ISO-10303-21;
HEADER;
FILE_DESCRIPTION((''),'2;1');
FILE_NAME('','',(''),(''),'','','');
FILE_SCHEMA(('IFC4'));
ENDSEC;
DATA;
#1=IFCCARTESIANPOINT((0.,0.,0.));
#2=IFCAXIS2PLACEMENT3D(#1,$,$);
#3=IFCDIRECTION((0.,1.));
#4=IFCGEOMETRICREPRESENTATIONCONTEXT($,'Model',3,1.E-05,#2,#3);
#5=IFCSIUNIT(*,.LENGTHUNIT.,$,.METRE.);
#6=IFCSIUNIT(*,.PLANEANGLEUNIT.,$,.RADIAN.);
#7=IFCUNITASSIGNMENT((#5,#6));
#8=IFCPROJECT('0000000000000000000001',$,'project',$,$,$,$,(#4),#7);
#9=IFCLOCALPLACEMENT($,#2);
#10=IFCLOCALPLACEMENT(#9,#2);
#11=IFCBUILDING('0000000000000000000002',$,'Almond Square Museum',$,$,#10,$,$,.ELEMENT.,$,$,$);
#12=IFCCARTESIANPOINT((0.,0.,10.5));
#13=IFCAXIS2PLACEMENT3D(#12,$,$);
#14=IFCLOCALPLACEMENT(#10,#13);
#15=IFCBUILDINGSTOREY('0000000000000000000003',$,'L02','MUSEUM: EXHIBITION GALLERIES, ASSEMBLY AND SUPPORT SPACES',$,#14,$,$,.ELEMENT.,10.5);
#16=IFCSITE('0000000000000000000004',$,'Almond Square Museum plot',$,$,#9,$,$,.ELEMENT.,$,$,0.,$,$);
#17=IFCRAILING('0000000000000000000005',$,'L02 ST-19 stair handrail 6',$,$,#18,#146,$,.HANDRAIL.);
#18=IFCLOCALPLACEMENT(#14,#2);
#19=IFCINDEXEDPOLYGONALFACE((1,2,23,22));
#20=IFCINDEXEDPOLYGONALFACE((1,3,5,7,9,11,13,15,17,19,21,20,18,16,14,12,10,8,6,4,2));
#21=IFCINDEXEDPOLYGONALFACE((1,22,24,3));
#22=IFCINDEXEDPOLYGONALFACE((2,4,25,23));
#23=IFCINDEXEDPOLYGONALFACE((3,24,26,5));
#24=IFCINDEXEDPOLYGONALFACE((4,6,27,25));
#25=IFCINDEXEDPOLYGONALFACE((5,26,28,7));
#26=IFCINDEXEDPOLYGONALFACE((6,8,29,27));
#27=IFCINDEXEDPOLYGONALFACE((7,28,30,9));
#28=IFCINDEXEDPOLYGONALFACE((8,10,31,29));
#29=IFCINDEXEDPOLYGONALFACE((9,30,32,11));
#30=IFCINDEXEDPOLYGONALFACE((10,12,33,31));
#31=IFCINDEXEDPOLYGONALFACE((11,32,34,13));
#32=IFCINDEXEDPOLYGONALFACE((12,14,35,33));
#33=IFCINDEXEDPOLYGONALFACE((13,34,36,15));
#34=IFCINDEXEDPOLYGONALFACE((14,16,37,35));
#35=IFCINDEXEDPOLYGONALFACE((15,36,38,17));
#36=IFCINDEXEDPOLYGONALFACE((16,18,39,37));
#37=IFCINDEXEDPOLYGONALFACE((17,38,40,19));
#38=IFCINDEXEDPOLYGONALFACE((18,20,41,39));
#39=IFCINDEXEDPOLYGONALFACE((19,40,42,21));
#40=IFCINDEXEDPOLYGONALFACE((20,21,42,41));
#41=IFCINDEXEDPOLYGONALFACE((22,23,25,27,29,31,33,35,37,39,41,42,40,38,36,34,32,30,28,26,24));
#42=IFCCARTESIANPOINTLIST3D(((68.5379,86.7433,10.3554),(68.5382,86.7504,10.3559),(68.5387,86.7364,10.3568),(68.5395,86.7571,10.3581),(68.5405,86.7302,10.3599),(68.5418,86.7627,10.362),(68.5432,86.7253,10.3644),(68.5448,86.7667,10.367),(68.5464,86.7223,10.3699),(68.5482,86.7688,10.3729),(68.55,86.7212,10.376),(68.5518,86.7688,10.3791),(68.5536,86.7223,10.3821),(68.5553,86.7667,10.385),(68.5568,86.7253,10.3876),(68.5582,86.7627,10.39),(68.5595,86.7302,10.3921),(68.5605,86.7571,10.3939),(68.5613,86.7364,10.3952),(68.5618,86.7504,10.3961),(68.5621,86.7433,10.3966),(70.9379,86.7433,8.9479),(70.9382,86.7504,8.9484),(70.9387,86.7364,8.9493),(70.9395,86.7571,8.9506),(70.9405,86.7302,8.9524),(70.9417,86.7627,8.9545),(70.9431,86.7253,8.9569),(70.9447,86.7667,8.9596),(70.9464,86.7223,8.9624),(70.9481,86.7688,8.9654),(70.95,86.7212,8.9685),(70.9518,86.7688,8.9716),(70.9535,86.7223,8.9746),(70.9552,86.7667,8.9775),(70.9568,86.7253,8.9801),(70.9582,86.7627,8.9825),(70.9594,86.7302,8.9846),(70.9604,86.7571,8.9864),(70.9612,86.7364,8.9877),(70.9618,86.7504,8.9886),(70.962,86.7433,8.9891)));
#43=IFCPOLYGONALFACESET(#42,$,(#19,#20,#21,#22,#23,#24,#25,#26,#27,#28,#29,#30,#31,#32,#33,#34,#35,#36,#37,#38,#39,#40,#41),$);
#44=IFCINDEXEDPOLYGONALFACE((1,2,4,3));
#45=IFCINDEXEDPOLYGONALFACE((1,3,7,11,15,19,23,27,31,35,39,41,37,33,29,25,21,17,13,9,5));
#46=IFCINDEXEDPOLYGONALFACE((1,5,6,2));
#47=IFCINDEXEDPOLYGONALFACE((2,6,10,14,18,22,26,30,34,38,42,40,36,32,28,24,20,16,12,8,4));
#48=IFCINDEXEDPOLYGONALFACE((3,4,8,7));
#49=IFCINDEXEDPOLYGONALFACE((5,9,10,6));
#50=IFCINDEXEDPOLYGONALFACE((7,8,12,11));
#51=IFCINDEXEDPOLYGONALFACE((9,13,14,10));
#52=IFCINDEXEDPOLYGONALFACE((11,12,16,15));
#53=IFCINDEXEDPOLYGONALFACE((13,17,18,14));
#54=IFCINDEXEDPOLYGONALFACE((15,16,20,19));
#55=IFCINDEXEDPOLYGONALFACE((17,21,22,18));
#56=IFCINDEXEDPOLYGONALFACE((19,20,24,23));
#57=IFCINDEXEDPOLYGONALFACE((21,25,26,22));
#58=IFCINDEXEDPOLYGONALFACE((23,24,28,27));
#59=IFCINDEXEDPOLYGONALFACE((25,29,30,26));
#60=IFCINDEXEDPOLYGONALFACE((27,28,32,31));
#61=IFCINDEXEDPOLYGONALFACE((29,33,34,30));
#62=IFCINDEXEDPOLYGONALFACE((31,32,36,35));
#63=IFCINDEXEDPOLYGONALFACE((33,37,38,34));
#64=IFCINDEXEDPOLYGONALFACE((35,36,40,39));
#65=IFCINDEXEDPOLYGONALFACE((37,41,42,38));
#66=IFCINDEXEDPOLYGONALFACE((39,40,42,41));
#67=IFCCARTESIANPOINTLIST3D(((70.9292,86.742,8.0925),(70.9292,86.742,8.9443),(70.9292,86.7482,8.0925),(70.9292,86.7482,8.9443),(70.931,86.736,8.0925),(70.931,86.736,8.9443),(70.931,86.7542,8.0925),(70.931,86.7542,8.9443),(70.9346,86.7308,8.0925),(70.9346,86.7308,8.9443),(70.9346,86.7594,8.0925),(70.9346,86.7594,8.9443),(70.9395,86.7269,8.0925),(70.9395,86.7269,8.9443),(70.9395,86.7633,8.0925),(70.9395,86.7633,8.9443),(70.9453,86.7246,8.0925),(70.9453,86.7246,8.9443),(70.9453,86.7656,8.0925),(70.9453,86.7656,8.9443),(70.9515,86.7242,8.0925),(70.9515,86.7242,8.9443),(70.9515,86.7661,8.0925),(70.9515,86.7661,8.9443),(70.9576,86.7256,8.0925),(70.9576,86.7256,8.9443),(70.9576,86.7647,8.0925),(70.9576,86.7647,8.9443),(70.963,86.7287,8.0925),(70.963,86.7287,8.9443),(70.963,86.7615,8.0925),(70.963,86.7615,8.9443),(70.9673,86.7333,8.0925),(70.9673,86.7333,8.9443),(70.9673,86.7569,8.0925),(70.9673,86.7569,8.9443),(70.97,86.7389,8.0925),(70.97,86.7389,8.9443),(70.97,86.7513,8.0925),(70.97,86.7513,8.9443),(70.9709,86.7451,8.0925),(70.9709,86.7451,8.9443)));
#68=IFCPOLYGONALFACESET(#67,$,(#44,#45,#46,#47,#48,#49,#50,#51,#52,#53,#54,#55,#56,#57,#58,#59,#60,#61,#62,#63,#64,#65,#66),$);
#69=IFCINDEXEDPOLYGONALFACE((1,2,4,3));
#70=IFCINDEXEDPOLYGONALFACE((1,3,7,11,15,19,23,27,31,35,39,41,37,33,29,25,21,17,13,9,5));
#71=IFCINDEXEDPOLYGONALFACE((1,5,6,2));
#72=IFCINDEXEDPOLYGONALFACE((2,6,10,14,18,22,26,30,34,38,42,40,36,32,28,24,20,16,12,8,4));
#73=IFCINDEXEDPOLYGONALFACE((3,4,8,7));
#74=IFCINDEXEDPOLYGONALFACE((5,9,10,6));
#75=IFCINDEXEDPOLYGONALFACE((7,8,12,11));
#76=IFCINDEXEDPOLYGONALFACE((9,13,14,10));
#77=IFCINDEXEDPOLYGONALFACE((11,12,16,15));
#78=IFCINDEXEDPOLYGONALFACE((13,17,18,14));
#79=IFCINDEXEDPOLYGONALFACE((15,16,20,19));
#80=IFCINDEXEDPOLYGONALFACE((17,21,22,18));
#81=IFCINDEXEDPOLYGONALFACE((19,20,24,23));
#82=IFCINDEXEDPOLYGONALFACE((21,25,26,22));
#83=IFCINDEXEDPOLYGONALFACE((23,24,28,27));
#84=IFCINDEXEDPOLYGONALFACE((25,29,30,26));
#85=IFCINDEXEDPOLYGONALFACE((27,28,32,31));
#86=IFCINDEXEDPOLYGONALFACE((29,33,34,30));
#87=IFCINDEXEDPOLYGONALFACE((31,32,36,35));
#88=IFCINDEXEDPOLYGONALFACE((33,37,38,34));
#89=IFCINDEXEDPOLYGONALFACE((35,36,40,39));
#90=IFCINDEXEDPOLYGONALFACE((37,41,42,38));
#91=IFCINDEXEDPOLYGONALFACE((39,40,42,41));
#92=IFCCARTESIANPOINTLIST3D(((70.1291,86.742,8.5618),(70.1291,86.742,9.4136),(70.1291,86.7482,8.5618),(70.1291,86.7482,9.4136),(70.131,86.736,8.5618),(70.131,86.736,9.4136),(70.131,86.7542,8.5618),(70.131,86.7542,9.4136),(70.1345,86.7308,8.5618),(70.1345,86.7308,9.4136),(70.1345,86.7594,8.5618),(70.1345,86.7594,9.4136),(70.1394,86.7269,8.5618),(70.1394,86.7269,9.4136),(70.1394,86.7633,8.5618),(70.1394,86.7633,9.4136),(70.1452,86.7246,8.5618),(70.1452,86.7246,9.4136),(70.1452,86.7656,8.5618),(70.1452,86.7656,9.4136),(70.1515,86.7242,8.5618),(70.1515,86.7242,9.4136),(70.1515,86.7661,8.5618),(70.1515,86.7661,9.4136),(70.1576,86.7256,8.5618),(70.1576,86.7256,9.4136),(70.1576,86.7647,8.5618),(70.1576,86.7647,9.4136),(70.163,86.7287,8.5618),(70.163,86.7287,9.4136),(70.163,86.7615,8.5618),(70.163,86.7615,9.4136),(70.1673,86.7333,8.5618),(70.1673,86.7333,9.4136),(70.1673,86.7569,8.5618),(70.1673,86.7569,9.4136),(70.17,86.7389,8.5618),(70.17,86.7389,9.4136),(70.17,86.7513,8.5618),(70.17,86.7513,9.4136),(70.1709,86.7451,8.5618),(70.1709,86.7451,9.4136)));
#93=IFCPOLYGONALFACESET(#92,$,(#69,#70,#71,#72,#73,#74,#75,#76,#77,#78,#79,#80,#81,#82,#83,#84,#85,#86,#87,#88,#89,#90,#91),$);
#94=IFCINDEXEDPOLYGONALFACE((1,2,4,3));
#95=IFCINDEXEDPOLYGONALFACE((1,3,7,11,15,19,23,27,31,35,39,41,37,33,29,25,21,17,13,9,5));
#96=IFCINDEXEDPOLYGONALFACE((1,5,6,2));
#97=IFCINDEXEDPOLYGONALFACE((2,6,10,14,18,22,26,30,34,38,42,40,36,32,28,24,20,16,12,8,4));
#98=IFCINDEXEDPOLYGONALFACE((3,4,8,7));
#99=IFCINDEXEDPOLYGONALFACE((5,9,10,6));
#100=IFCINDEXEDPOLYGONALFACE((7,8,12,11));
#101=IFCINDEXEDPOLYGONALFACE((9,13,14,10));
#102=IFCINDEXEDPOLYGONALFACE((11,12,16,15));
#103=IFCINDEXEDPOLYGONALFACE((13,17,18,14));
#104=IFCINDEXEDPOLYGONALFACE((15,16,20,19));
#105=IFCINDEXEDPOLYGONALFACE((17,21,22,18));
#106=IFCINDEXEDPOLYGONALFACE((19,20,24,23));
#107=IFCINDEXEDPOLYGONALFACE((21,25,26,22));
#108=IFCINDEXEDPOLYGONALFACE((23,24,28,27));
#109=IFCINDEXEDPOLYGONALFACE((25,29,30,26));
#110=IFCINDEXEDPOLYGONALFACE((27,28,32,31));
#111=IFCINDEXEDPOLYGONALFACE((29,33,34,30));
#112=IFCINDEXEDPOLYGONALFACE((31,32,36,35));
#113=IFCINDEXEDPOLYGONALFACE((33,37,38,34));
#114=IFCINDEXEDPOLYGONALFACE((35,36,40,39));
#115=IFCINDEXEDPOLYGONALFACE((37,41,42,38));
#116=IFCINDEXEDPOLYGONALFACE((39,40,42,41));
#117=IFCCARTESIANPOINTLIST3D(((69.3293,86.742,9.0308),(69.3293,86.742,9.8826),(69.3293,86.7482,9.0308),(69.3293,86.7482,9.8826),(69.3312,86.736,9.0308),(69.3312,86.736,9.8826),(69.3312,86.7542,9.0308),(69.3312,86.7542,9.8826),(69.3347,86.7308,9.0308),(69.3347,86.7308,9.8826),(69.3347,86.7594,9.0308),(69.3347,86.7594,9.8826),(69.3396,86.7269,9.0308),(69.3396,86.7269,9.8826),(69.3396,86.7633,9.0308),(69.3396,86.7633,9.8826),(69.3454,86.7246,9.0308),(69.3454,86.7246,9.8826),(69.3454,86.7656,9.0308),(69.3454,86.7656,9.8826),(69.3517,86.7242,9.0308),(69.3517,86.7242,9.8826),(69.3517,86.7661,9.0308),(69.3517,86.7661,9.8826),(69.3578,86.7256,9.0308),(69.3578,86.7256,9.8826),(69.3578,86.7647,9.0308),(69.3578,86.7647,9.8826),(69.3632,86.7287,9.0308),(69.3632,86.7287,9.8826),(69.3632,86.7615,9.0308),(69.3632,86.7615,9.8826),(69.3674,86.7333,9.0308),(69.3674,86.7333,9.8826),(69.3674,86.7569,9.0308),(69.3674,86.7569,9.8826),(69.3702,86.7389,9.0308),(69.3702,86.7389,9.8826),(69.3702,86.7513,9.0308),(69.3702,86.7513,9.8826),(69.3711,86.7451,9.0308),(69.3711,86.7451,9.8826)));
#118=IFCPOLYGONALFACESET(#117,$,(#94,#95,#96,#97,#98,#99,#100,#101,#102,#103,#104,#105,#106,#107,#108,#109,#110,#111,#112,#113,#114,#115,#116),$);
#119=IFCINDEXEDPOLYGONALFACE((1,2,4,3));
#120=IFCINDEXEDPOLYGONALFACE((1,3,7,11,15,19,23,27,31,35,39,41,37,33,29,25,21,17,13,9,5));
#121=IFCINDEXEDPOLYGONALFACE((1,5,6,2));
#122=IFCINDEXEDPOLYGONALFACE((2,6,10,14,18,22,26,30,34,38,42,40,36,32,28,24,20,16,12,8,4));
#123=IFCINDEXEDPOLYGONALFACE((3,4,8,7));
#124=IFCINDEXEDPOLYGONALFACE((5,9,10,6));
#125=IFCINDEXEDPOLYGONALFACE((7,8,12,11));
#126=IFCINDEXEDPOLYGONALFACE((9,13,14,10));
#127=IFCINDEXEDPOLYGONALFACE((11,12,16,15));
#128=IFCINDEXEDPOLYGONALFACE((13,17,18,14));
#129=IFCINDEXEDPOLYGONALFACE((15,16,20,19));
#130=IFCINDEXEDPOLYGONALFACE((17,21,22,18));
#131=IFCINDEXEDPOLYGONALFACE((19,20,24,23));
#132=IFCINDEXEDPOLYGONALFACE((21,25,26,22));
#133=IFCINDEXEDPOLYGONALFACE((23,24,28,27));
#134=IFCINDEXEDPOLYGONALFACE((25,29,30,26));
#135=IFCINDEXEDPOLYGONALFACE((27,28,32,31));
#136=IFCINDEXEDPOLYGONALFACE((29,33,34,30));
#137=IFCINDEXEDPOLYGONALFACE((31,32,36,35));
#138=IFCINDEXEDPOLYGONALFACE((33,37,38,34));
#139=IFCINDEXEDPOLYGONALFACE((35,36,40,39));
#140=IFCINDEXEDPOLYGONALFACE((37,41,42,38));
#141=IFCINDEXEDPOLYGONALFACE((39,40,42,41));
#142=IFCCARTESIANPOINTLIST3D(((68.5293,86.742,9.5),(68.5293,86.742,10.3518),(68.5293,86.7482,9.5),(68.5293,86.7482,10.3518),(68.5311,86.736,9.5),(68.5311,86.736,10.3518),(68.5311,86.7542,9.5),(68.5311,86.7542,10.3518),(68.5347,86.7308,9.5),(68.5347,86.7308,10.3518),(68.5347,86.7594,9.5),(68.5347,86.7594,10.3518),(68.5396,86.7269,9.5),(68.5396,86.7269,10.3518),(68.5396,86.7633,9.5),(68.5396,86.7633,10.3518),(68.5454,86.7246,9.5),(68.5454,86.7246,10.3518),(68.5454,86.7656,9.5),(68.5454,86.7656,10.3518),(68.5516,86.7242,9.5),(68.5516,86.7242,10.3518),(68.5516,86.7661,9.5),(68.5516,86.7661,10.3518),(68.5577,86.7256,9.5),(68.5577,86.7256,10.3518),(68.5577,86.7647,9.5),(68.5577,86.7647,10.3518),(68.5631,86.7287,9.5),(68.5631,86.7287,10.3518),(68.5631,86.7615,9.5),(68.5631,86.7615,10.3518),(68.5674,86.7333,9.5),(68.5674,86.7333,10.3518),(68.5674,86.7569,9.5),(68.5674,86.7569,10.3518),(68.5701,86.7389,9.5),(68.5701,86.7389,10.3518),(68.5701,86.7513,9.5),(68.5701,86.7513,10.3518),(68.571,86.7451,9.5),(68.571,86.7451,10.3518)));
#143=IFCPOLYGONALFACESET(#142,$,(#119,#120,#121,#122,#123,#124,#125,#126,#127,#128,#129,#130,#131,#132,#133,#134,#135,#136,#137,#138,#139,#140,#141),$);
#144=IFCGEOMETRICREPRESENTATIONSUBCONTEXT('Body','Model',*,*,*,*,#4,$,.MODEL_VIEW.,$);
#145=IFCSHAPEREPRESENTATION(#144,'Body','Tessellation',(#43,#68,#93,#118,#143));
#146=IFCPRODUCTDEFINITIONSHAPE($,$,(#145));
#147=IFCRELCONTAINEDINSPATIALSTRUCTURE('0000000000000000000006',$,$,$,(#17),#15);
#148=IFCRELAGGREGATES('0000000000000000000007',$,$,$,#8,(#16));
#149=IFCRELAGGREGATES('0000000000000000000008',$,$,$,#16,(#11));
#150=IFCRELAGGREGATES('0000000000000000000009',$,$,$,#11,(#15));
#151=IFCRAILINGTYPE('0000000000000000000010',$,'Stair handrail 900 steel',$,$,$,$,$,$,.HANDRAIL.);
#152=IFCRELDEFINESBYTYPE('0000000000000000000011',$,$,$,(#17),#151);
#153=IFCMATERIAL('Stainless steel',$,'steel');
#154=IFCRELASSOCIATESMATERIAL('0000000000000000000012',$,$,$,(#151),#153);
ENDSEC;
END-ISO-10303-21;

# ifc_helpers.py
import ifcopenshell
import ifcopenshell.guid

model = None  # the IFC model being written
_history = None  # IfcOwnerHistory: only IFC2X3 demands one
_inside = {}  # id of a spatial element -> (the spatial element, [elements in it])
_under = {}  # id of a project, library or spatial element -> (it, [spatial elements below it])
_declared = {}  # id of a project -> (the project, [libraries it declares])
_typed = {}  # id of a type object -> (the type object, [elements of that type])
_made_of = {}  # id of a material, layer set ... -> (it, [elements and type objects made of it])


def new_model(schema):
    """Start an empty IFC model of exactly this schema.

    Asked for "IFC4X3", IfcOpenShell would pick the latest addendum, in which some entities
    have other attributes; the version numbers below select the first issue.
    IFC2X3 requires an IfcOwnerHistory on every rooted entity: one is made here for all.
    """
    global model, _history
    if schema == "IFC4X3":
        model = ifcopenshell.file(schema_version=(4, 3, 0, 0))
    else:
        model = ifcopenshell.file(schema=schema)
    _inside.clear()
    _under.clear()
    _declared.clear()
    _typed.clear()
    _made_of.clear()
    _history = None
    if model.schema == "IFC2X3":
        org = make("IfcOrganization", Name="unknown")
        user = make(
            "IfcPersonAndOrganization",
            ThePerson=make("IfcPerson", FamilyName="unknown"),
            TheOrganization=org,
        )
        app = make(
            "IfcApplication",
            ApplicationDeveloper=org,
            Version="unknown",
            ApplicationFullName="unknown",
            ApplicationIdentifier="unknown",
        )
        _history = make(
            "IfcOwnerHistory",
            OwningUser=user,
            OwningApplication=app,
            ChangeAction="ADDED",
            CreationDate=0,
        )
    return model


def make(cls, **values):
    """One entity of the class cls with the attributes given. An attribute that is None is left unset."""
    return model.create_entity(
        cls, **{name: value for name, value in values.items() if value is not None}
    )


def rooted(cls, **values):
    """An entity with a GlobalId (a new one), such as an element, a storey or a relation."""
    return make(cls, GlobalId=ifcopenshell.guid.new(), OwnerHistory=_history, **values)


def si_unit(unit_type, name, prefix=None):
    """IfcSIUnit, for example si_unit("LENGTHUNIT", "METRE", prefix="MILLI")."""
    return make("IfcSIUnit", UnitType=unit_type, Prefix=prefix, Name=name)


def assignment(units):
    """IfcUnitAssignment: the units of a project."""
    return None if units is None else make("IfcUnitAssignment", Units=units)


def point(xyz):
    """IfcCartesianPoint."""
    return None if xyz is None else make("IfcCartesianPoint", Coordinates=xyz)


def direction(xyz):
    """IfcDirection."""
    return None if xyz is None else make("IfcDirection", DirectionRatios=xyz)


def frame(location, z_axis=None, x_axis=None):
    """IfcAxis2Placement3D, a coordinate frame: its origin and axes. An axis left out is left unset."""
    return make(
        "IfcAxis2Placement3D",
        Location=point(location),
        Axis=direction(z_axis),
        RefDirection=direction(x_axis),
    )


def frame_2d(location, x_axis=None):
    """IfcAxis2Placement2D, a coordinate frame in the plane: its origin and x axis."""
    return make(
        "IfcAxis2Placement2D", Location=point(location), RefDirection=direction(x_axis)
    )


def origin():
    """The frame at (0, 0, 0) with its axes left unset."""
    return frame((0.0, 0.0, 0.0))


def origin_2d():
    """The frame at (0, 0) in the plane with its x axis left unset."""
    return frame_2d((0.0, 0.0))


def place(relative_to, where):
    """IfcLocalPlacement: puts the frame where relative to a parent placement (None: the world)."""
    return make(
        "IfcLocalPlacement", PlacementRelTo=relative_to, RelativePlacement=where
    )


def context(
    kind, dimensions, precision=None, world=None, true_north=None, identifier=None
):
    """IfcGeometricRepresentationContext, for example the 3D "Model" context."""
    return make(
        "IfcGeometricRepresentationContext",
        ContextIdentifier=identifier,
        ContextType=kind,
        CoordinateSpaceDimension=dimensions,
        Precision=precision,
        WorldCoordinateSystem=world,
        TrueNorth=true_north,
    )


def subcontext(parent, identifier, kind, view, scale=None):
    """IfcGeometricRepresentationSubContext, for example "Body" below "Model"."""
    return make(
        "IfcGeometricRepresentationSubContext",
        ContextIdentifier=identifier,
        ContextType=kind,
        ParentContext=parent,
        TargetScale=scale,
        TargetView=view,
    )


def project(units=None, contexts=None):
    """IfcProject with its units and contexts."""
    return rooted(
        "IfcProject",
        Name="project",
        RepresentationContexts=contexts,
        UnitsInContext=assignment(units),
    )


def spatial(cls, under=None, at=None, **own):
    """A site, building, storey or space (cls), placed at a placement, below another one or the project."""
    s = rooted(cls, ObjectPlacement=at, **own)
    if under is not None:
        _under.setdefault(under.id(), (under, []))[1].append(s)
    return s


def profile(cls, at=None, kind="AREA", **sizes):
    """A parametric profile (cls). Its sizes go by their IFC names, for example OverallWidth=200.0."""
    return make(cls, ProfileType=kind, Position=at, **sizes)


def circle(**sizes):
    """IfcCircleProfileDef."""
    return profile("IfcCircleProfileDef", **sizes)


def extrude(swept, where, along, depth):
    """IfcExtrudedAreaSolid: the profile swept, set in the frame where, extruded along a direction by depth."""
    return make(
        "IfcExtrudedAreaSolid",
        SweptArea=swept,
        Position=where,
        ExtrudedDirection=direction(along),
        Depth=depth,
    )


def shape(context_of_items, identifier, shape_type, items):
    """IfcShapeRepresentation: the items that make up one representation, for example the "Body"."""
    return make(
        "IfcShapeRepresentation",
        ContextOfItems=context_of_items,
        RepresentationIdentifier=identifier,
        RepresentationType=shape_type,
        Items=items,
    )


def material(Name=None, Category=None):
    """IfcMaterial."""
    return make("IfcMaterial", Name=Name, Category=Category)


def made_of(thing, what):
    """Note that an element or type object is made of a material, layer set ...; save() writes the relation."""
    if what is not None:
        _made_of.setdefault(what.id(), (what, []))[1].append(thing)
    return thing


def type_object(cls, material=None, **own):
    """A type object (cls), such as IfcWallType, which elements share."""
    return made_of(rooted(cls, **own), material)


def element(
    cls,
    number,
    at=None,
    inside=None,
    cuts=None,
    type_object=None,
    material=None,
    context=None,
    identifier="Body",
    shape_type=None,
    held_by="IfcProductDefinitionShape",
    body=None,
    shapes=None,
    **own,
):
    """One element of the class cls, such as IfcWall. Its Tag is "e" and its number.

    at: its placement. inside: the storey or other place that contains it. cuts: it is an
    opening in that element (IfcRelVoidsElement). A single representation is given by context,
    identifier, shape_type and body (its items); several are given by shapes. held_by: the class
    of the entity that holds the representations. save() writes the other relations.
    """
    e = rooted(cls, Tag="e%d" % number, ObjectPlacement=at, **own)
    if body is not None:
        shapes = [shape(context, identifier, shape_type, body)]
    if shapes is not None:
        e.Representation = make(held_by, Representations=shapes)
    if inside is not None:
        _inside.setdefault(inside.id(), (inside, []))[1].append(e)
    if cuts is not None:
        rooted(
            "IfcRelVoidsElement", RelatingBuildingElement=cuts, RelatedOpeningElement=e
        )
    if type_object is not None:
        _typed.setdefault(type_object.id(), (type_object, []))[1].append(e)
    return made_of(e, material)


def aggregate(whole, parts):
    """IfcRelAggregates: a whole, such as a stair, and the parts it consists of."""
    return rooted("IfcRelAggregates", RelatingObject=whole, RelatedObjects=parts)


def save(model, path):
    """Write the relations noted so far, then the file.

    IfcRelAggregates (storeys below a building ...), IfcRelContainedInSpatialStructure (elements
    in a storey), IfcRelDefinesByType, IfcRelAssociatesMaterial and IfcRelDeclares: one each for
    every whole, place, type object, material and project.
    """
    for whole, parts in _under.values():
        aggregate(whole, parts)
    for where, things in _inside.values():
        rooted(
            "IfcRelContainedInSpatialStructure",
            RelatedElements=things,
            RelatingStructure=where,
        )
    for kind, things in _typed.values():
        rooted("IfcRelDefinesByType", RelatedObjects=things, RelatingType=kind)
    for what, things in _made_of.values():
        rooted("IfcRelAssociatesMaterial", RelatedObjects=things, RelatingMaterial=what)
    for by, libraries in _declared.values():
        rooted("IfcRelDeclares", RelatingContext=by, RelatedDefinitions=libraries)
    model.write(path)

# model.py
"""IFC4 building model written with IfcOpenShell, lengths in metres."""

from ifc_helpers import new_model, si_unit, direction, frame, origin, origin_2d, place, context, subcontext, project, spatial, circle, extrude, material, type_object, element, save


model = new_model("IFC4")

# Units and contexts
model_context = context("Model", 3, precision=1e-05, world=origin(), true_north=direction((0.0, 1.0)))
body_context = subcontext(model_context, "Body", "Model", "MODEL_VIEW")
ifc_project = project(units=[si_unit("LENGTHUNIT", "METRE"), si_unit("PLANEANGLEUNIT", "RADIAN")], contexts=[model_context])

# Site, building, storey
site_placement = place(None, origin())
site = spatial("IfcSite", under=ifc_project, at=site_placement, Name="Almond Square Museum plot", CompositionType="ELEMENT", RefElevation=0.0)
building_placement = place(site_placement, origin())
building = spatial("IfcBuilding", under=site, at=building_placement, Name="Almond Square Museum", CompositionType="ELEMENT")
storey_placement = place(building_placement, frame((0.0, 0.0, 10.5)))
storey = spatial("IfcBuildingStorey", under=building, at=storey_placement, Name="L02", Description="MUSEUM: EXHIBITION GALLERIES, ASSEMBLY AND SUPPORT SPACES", CompositionType="ELEMENT", Elevation=10.5)

# Railing
ifc_material_1 = material(Name="Stainless steel", Category="steel")
railing_type_1 = type_object("IfcRailingType", Name="Stair handrail 900 steel", PredefinedType="HANDRAIL", material=ifc_material_1)
railing_1_placement = place(storey_placement, frame((70.95, 86.7451, 8.0925)))
element("IfcRailing", 1, at=railing_1_placement, inside=storey, type_object=railing_type_1, Name="L02 ST-19 stair handrail 6", PredefinedType="HANDRAIL", context=body_context, shape_type="SweptSolid", body=[
    extrude(circle(Radius=0.0239, at=origin_2d()), frame((0.0, 0.0, 0.876), z_axis=(-0.862599, 0.0, 0.505888), x_axis=(0.0, -1.0, 0.0)), (0.0, 0.0, 1.0), 2.7822),
    extrude(circle(Radius=0.021, at=origin_2d()), origin(), (0.0, 0.0, 1.0), 0.8518),
    extrude(circle(Radius=0.021, at=origin_2d()), frame((-0.8, 0.0, 0.4692)), (0.0, 0.0, 1.0), 0.8518),
    extrude(circle(Radius=0.021, at=origin_2d()), frame((-1.5999, 0.0, 0.9382)), (0.0, 0.0, 1.0), 0.8518),
    extrude(circle(Radius=0.021, at=origin_2d()), frame((-2.3999, 0.0, 1.4075)), (0.0, 0.0, 1.0), 0.8518),
])

save(model, "model.ifc")
